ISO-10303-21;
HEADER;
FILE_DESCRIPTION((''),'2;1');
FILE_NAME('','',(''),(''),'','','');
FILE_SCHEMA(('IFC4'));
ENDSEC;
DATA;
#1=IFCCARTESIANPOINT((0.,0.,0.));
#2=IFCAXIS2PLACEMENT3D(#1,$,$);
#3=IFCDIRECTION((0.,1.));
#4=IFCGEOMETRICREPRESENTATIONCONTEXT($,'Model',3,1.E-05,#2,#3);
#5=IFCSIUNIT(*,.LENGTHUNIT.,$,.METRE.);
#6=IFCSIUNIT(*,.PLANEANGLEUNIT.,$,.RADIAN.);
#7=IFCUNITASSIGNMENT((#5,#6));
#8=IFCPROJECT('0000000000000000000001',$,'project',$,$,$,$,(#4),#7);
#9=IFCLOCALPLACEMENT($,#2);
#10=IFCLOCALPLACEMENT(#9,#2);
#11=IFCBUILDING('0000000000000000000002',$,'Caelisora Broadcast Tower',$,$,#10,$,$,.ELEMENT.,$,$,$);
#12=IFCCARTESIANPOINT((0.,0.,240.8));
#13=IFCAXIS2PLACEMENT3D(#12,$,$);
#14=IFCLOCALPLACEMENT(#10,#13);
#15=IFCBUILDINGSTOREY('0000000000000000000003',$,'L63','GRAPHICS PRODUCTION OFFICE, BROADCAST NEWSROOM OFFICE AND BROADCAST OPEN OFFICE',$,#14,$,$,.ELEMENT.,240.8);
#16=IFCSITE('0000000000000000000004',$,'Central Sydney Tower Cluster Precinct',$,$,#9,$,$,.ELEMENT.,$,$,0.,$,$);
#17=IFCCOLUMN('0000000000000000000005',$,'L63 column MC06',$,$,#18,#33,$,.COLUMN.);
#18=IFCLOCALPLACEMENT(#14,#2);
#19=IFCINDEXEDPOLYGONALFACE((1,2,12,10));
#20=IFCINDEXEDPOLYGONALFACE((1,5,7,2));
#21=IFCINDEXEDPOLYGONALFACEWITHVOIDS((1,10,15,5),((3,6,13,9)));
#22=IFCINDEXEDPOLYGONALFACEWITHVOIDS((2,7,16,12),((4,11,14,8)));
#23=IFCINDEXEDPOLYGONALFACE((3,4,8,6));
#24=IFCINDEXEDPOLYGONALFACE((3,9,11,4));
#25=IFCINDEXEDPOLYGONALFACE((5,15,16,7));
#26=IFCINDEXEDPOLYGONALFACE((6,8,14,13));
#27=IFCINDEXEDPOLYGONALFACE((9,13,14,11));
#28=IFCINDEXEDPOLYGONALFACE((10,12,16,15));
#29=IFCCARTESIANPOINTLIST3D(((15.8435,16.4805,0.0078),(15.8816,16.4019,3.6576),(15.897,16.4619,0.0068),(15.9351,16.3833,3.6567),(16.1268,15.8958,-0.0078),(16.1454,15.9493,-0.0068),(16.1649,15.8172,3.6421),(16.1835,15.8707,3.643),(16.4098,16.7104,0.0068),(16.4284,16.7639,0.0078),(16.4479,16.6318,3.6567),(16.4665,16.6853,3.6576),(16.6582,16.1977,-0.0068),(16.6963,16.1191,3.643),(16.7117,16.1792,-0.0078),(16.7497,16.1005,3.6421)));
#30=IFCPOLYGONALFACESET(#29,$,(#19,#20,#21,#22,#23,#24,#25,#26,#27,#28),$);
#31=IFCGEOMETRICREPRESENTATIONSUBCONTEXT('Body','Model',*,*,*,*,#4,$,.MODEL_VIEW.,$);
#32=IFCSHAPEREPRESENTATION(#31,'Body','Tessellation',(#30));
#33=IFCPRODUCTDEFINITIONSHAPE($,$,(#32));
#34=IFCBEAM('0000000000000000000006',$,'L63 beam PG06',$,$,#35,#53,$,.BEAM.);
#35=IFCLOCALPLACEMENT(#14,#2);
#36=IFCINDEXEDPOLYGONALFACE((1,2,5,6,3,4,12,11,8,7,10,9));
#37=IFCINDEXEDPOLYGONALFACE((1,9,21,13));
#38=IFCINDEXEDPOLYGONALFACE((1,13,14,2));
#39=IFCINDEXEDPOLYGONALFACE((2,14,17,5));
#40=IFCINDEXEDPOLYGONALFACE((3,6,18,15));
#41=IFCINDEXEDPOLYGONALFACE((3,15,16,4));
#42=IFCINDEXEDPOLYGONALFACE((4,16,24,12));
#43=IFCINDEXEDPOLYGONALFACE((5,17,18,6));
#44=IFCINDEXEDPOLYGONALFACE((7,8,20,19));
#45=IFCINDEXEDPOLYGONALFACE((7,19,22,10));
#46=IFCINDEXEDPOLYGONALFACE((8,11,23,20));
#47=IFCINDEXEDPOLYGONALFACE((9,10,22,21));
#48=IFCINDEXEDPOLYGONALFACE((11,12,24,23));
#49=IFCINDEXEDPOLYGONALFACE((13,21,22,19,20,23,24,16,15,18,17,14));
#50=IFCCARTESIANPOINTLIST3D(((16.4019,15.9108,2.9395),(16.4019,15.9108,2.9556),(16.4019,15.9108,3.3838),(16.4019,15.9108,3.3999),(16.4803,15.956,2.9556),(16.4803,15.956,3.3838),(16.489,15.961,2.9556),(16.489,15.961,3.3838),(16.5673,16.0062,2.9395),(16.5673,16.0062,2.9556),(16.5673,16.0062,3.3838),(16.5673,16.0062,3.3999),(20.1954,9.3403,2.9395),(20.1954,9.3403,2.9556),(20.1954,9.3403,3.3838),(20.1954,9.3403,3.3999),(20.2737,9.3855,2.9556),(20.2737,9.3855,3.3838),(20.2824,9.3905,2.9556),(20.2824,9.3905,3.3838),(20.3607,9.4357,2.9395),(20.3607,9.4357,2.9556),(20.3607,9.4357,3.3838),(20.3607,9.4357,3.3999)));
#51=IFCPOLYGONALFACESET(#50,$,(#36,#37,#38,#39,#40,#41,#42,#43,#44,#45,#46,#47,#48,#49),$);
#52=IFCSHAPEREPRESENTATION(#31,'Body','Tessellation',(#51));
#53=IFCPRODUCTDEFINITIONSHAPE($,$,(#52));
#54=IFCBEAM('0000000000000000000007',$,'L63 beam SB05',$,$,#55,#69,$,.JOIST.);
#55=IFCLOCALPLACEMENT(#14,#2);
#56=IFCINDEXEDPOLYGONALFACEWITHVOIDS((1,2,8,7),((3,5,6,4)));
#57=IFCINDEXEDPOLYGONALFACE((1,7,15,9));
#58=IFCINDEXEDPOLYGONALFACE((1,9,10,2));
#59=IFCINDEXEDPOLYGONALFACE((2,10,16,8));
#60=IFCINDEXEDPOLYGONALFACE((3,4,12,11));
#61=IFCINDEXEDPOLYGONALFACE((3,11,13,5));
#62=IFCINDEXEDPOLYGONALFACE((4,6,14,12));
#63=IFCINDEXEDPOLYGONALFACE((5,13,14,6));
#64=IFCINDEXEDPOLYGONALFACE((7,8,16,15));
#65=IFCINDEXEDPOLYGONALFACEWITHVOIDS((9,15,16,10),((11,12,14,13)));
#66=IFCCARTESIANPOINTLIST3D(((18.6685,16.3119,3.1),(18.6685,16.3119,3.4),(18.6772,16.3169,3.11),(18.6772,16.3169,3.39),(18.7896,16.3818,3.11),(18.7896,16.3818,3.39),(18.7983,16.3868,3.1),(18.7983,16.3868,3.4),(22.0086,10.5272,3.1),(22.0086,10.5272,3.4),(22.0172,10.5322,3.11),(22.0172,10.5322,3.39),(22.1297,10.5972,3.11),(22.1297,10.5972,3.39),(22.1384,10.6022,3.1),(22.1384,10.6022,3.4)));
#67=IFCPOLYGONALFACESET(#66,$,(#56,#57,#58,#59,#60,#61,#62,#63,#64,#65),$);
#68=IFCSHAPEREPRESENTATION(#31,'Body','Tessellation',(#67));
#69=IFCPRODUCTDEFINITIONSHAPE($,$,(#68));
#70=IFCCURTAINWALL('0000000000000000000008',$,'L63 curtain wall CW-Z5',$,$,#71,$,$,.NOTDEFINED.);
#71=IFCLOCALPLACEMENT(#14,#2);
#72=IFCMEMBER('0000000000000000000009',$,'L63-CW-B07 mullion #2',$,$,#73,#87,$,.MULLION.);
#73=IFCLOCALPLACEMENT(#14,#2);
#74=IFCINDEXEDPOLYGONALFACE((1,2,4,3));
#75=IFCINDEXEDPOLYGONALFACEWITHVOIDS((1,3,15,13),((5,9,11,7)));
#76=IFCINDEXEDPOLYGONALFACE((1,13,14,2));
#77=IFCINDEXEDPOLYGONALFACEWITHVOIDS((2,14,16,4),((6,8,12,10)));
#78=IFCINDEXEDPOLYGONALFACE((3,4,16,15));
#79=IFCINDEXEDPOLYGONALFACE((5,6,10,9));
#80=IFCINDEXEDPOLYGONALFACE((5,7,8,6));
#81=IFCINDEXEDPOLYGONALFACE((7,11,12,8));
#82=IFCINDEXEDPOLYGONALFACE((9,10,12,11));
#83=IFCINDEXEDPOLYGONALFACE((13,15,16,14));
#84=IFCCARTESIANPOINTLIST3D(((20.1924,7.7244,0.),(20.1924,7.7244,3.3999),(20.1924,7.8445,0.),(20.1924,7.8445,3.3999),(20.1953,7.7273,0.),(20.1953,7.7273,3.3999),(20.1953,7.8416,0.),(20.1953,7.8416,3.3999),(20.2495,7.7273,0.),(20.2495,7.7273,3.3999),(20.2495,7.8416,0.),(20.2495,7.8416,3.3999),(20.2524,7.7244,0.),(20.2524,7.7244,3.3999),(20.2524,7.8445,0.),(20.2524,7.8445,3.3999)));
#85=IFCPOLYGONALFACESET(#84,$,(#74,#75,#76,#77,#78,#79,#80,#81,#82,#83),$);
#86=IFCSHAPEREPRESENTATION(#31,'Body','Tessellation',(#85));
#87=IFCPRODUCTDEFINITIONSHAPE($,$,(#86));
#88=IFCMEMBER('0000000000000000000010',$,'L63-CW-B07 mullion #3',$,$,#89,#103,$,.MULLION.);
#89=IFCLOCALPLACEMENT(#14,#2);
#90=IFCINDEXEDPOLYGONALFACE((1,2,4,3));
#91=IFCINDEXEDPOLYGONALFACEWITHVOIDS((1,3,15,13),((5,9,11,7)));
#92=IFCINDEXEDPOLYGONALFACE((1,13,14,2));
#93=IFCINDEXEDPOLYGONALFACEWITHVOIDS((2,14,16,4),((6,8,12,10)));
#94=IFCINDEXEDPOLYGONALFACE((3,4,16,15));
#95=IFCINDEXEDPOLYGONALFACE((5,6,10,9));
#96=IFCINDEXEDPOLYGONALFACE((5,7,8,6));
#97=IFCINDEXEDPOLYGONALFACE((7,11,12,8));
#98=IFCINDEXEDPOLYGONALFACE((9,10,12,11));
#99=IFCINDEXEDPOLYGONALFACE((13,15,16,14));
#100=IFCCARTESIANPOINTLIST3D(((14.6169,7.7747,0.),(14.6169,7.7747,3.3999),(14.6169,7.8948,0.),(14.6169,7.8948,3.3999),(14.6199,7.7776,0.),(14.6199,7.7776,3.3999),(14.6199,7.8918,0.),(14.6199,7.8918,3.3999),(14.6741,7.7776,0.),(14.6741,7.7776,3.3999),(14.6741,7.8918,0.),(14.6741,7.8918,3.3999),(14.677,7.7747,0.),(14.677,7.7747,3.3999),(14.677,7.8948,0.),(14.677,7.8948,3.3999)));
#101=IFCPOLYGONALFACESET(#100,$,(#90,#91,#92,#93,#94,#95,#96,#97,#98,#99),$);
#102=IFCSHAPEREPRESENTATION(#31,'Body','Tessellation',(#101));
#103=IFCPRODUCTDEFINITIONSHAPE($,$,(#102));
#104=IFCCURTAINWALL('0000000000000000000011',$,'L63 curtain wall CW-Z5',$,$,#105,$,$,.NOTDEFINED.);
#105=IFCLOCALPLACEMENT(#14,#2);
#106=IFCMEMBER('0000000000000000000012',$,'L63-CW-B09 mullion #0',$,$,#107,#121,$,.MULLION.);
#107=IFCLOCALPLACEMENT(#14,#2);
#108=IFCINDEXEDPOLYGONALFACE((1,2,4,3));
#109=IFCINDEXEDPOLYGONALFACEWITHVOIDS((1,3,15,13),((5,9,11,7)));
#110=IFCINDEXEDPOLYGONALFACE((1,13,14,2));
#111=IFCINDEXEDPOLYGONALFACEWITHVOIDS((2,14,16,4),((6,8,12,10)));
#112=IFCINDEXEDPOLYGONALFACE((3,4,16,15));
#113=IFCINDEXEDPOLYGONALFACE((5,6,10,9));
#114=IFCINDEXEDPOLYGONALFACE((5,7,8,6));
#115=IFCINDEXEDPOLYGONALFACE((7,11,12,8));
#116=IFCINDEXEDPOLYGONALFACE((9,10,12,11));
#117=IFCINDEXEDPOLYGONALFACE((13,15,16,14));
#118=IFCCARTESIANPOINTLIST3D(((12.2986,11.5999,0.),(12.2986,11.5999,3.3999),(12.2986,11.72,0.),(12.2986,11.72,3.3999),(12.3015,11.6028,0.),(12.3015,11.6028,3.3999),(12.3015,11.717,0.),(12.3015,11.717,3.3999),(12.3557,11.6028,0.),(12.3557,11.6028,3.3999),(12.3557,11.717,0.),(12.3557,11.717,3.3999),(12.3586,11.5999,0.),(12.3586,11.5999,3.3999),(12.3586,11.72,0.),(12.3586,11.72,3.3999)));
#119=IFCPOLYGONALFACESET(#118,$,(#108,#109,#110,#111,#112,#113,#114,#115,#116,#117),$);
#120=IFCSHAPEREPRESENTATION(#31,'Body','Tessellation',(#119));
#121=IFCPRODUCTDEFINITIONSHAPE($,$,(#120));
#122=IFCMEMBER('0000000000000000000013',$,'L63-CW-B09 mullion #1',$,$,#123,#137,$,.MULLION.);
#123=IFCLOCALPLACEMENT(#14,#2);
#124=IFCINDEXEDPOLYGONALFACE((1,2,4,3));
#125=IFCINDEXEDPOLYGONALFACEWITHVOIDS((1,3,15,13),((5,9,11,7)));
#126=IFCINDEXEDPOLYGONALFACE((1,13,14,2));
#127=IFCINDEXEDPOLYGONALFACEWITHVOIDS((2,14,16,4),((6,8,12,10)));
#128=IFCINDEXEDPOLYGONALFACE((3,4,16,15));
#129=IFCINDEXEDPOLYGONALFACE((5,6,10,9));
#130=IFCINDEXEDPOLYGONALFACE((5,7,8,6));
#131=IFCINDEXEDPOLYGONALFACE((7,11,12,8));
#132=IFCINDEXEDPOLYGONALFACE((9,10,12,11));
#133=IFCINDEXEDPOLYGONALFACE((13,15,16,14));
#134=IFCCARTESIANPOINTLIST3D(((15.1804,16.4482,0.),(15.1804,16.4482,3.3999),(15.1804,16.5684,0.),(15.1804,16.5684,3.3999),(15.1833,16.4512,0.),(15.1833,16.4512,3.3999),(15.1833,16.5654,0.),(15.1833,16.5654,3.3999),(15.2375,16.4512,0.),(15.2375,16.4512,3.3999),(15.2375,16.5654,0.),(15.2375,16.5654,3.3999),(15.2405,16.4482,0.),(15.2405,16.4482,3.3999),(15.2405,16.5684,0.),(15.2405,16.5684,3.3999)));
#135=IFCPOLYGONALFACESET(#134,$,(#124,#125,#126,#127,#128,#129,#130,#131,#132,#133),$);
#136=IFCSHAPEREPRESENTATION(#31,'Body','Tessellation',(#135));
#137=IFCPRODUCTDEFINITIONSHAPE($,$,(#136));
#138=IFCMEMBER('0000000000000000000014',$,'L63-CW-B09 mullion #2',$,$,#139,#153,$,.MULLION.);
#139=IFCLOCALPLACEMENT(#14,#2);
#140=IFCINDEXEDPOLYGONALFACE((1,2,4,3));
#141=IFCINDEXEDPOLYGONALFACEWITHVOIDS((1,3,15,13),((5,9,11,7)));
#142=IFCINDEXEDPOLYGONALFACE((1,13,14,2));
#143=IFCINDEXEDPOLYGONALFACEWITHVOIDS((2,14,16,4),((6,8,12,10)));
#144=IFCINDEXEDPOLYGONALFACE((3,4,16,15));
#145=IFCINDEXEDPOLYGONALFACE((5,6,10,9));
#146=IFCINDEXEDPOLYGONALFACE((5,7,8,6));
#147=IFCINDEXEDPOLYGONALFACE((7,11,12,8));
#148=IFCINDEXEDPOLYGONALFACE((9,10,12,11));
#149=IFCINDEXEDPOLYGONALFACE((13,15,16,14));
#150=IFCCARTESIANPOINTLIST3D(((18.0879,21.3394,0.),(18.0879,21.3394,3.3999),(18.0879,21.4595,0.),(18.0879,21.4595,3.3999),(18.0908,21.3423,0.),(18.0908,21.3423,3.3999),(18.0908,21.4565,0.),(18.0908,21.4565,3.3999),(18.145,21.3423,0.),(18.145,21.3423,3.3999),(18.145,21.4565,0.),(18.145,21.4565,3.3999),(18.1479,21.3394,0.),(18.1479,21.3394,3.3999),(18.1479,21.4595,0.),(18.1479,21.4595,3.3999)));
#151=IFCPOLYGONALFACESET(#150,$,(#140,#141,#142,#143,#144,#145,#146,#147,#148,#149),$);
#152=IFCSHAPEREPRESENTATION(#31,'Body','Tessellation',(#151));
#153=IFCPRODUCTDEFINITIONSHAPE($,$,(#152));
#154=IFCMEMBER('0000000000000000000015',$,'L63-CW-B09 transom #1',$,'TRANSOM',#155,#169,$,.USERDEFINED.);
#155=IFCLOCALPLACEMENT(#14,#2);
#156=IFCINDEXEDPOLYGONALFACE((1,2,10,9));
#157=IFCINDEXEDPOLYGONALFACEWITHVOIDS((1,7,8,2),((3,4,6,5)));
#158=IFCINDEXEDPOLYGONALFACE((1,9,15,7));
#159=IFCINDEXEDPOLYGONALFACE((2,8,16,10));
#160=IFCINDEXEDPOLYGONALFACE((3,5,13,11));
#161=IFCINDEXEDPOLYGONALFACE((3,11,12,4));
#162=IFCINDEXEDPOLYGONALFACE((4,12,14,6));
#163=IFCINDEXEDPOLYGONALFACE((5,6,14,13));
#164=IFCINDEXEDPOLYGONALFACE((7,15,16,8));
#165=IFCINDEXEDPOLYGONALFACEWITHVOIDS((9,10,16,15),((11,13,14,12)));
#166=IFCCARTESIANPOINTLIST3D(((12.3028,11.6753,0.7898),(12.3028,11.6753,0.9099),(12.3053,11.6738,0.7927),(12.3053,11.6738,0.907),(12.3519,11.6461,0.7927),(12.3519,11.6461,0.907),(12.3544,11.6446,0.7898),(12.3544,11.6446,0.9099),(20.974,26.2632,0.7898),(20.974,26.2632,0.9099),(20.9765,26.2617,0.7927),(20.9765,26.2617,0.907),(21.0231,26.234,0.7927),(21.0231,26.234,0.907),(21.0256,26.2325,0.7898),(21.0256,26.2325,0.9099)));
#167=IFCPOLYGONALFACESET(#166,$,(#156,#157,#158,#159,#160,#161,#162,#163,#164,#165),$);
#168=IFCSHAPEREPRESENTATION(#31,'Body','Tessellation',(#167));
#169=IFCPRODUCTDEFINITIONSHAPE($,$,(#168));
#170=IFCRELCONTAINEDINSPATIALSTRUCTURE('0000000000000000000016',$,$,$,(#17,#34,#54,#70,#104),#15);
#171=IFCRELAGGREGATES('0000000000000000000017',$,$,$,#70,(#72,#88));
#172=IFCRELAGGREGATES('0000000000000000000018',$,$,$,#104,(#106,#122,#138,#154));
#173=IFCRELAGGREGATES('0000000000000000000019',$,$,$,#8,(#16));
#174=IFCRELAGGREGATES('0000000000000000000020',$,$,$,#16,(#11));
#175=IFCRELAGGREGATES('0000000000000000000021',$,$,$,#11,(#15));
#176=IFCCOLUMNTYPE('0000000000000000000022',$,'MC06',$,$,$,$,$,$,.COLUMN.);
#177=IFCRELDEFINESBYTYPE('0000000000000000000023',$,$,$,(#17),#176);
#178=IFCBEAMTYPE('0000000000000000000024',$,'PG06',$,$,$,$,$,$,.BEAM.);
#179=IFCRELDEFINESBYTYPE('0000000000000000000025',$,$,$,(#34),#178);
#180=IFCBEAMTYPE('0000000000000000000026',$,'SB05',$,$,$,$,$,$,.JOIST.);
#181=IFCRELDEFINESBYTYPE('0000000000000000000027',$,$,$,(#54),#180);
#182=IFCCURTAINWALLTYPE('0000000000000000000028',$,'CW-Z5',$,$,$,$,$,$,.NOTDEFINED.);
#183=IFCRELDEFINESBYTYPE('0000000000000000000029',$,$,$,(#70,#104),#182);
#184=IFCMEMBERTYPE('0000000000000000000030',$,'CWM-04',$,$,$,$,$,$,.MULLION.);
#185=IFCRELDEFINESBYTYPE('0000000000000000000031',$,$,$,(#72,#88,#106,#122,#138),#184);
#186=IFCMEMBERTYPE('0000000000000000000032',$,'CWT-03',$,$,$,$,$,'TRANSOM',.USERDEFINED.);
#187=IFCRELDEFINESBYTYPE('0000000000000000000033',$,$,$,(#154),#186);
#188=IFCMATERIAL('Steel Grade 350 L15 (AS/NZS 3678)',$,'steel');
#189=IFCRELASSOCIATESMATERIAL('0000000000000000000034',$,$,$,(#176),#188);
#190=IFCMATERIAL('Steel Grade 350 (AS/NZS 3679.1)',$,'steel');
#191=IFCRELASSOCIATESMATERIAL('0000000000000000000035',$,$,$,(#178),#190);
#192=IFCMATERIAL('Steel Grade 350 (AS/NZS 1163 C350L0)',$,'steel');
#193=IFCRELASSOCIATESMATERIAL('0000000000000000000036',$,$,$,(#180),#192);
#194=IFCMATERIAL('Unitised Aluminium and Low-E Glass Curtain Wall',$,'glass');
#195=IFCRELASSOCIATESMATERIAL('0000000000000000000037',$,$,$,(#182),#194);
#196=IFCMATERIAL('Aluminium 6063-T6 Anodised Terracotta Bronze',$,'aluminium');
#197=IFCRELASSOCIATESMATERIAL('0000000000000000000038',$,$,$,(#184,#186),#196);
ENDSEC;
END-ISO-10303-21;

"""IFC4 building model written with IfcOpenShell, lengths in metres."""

from ifc_helpers import new_model, si_unit, direction, frame, origin, origin_2d, place, context, subcontext, project, spatial, hollow_rectangle, i_section, extrude, source, transform, mapped, material, material_profile, profile_set, type_object, type_shapes, element, aggregate, save


model = new_model("IFC4")

# Units and contexts
model_context = context("Model", 3, precision=1e-05, world=origin(), true_north=direction((0.0, 1.0)))
body_context = subcontext(model_context, "Body", "Model", "MODEL_VIEW")
ifc_project = project(units=[si_unit("LENGTHUNIT", "METRE"), si_unit("PLANEANGLEUNIT", "RADIAN")], contexts=[model_context])

# Site, building, storey
site_placement = place(None, origin())
site = spatial("IfcSite", under=ifc_project, at=site_placement, Name="Central Sydney Tower Cluster Precinct", CompositionType="ELEMENT", RefElevation=0.0)
building_placement = place(site_placement, origin())
building = spatial("IfcBuilding", under=site, at=building_placement, Name="Caelisora Broadcast Tower", CompositionType="ELEMENT")
storey_placement = place(building_placement, frame((0.0, 0.0, 240.8)))
storey = spatial("IfcBuildingStorey", under=building, at=storey_placement, Name="L63", Description="GRAPHICS PRODUCTION OFFICE, BROADCAST NEWSROOM OFFICE AND BROADCAST OPEN OFFICE", CompositionType="ELEMENT", Elevation=240.8)

# Column
ifc_material_1 = material(Name="Steel Grade 350 L15 (AS/NZS 3678)", Category="steel")
ifc_material_profile_1 = material_profile(ifc_material_1, hollow_rectangle(XDim=0.6499, YDim=0.6499, WallThickness=0.04, at=origin_2d()), Name="Steel Grade 350 L15 (AS/NZS 3678)")
ifc_profile_set_1 = profile_set([ifc_material_profile_1], Name="Steel Grade 350 L15 (AS/NZS 3678)")
column_type = type_object("IfcColumnType", Name="MC06", PredefinedType="COLUMN", material=ifc_profile_set_1)
shared_shape_1 = source(origin(), body_context, "Body", "SweptSolid", [
    extrude(hollow_rectangle(XDim=0.6499, YDim=0.6499, WallThickness=0.04, at=origin_2d()), origin(), (0.0, 0.0, 1.0), 3.6509),
])
type_shapes(column_type, [shared_shape_1])
column_placement = place(storey_placement, frame((16.2776, 16.3298, 0.0), z_axis=(0.010432, -0.021532, 0.999714), x_axis=(0.899947, 0.435999, 0.0)))
element("IfcColumn", 1, at=column_placement, inside=storey, type_object=column_type, Name="L63 column MC06", PredefinedType="COLUMN", context=body_context, shape_type="MappedRepresentation", body=[
    mapped(shared_shape_1, transform((0.0, 0.0, 0.0), scale=1.0)),
])

# Beams
ifc_material_2 = material(Name="Steel Grade 350 (AS/NZS 3679.1)", Category="steel")
ifc_material_profile_2 = material_profile(ifc_material_2, i_section(OverallWidth=0.1909, OverallDepth=0.4604, WebThickness=0.01, FlangeThickness=0.0161, at=origin_2d()), Name="Steel Grade 350 (AS/NZS 3679.1)")
ifc_profile_set_2 = profile_set([ifc_material_profile_2], Name="Steel Grade 350 (AS/NZS 3679.1)")
beam_type_1 = type_object("IfcBeamType", Name="PG06", PredefinedType="BEAM", material=ifc_profile_set_2)
shared_shape_2 = source(origin(), body_context, "Body", "SweptSolid", [
    extrude(i_section(OverallWidth=0.1909, OverallDepth=0.4604, WebThickness=0.01, FlangeThickness=0.0161, at=origin_2d()), origin(), (0.0, 0.0, 1.0), 7.5869),
])
type_shapes(beam_type_1, [shared_shape_2])
beam_1_placement = place(storey_placement, frame((16.4846, 15.9585, 3.1697), z_axis=(0.499995, -0.866029, 0.0), x_axis=(0.866029, 0.499995, 0.0)))
element("IfcBeam", 2, at=beam_1_placement, inside=storey, type_object=beam_type_1, Name="L63 beam PG06", PredefinedType="BEAM", context=body_context, shape_type="MappedRepresentation", body=[
    mapped(shared_shape_2, transform((0.0, 0.0, 0.0), scale=1.0)),
])
ifc_material_3 = material(Name="Steel Grade 350 (AS/NZS 1163 C350L0)", Category="steel")
ifc_material_profile_3 = material_profile(ifc_material_3, hollow_rectangle(XDim=0.1499, YDim=0.3, WallThickness=0.01, at=origin_2d()), Name="Steel Grade 350 (AS/NZS 1163 C350L0)")
ifc_profile_set_3 = profile_set([ifc_material_profile_3], Name="Steel Grade 350 (AS/NZS 1163 C350L0)")
beam_type_2 = type_object("IfcBeamType", Name="SB05", PredefinedType="JOIST", material=ifc_profile_set_3)
shared_shape_3 = source(origin(), body_context, "Body", "SweptSolid", [
    extrude(hollow_rectangle(XDim=0.1499, YDim=0.3, WallThickness=0.01, at=origin_2d()), origin(), (0.0, 0.0, 1.0), 6.6797),
])
type_shapes(beam_type_2, [shared_shape_3])
beam_2_placement = place(storey_placement, frame((18.7334, 16.3494, 3.25), z_axis=(0.500035, -0.866005, 0.0), x_axis=(0.866005, 0.500035, 0.0)))
element("IfcBeam", 3, at=beam_2_placement, inside=storey, type_object=beam_type_2, Name="L63 beam SB05", PredefinedType="JOIST", context=body_context, shape_type="MappedRepresentation", body=[
    mapped(shared_shape_3, transform((0.0, 0.0, 0.0), scale=1.0)),
])

# Curtain walls, members
ifc_material_4 = material(Name="Unitised Aluminium and Low-E Glass Curtain Wall", Category="glass")
curtain_wall_type = type_object("IfcCurtainWallType", Name="CW-Z5", PredefinedType="NOTDEFINED", material=ifc_material_4)
curtain_wall_1_placement = place(storey_placement, origin())
curtain_wall_1 = element("IfcCurtainWall", 4, at=curtain_wall_1_placement, inside=storey, type_object=curtain_wall_type, Name="L63 curtain wall CW-Z5", PredefinedType="NOTDEFINED")
ifc_material_5 = material(Name="Aluminium 6063-T6 Anodised Terracotta Bronze", Category="aluminium")
ifc_material_profile_4 = material_profile(ifc_material_5, hollow_rectangle(XDim=0.0601, YDim=0.1201, WallThickness=0.0029, at=origin_2d()), Name="Aluminium 6063-T6 Anodised Terracotta Bronze")
ifc_profile_set_4 = profile_set([ifc_material_profile_4], Name="Aluminium 6063-T6 Anodised Terracotta Bronze")
member_type_1 = type_object("IfcMemberType", Name="CWM-04", PredefinedType="MULLION", material=ifc_profile_set_4)
shared_shape_4 = source(origin(), body_context, "Body", "SweptSolid", [
    extrude(hollow_rectangle(XDim=0.0601, YDim=0.1201, WallThickness=0.0029, at=origin_2d()), origin(), (0.0, 0.0, 1.0), 3.3999),
])
type_shapes(member_type_1, [shared_shape_4])
member_1_placement = place(storey_placement, frame((20.2224, 7.7844, 0.0), z_axis=(0.0, 0.0, 1.0), x_axis=(1.0, 0.0, 0.0)))
member_1 = element("IfcMember", 5, at=member_1_placement, type_object=member_type_1, Name="L63-CW-B07 mullion #2", PredefinedType="MULLION", context=body_context, shape_type="MappedRepresentation", body=[
    mapped(shared_shape_4, transform((0.0, 0.0, 0.0), scale=1.0)),
])
member_2_placement = place(storey_placement, frame((14.647, 7.8347, 0.0), z_axis=(0.0, 0.0, 1.0), x_axis=(1.0, 0.0, 0.0)))
member_2 = element("IfcMember", 6, at=member_2_placement, type_object=member_type_1, Name="L63-CW-B07 mullion #3", PredefinedType="MULLION", context=body_context, shape_type="MappedRepresentation", body=[
    mapped(shared_shape_4, transform((0.0, 0.0, 0.0), scale=1.0)),
])
curtain_wall_2_placement = place(storey_placement, origin())
curtain_wall_2 = element("IfcCurtainWall", 7, at=curtain_wall_2_placement, inside=storey, type_object=curtain_wall_type, Name="L63 curtain wall CW-Z5", PredefinedType="NOTDEFINED")
member_3_placement = place(storey_placement, frame((12.3286, 11.6599, 0.0), z_axis=(0.0, 0.0, 1.0), x_axis=(1.0, 0.0, 0.0)))
member_3 = element("IfcMember", 8, at=member_3_placement, type_object=member_type_1, Name="L63-CW-B09 mullion #0", PredefinedType="MULLION", context=body_context, shape_type="MappedRepresentation", body=[
    mapped(shared_shape_4, transform((0.0, 0.0, 0.0), scale=1.0)),
])
member_4_placement = place(storey_placement, frame((15.2104, 16.5083, 0.0), z_axis=(0.0, 0.0, 1.0), x_axis=(1.0, 0.0, 0.0)))
member_4 = element("IfcMember", 9, at=member_4_placement, type_object=member_type_1, Name="L63-CW-B09 mullion #1", PredefinedType="MULLION", context=body_context, shape_type="MappedRepresentation", body=[
    mapped(shared_shape_4, transform((0.0, 0.0, 0.0), scale=1.0)),
])
member_5_placement = place(storey_placement, frame((18.1179, 21.3994, 0.0), z_axis=(0.0, 0.0, 1.0), x_axis=(1.0, 0.0, 0.0)))
member_5 = element("IfcMember", 10, at=member_5_placement, type_object=member_type_1, Name="L63-CW-B09 mullion #2", PredefinedType="MULLION", context=body_context, shape_type="MappedRepresentation", body=[
    mapped(shared_shape_4, transform((0.0, 0.0, 0.0), scale=1.0)),
])
ifc_material_profile_5 = material_profile(ifc_material_5, hollow_rectangle(XDim=0.0601, YDim=0.1201, WallThickness=0.0029, at=origin_2d()), Name="Aluminium 6063-T6 Anodised Terracotta Bronze")
ifc_profile_set_5 = profile_set([ifc_material_profile_5], Name="Aluminium 6063-T6 Anodised Terracotta Bronze")
member_type_2 = type_object("IfcMemberType", Name="CWT-03", ElementType="TRANSOM", PredefinedType="USERDEFINED", material=ifc_profile_set_5)
shared_shape_5 = source(origin(), body_context, "Body", "SweptSolid", [
    extrude(hollow_rectangle(XDim=0.0601, YDim=0.1201, WallThickness=0.0029, at=origin_2d()), origin(), (0.0, 0.0, 1.0), 16.9705),
])
type_shapes(member_type_2, [shared_shape_5])
member_6_placement = place(storey_placement, frame((12.3286, 11.6599, 0.8499), z_axis=(0.510956, 0.859607, 0.0), x_axis=(-0.859607, 0.510956, 0.0)))
member_6 = element("IfcMember", 11, at=member_6_placement, type_object=member_type_2, Name="L63-CW-B09 transom #1", ObjectType="TRANSOM", PredefinedType="USERDEFINED", context=body_context, shape_type="MappedRepresentation", body=[
    mapped(shared_shape_5, transform((0.0, 0.0, 0.0), scale=1.0)),
])

aggregate(curtain_wall_1, [member_1, member_2])
aggregate(curtain_wall_2, [member_3, member_4, member_5, member_6])

save(model, "model.ifc")
